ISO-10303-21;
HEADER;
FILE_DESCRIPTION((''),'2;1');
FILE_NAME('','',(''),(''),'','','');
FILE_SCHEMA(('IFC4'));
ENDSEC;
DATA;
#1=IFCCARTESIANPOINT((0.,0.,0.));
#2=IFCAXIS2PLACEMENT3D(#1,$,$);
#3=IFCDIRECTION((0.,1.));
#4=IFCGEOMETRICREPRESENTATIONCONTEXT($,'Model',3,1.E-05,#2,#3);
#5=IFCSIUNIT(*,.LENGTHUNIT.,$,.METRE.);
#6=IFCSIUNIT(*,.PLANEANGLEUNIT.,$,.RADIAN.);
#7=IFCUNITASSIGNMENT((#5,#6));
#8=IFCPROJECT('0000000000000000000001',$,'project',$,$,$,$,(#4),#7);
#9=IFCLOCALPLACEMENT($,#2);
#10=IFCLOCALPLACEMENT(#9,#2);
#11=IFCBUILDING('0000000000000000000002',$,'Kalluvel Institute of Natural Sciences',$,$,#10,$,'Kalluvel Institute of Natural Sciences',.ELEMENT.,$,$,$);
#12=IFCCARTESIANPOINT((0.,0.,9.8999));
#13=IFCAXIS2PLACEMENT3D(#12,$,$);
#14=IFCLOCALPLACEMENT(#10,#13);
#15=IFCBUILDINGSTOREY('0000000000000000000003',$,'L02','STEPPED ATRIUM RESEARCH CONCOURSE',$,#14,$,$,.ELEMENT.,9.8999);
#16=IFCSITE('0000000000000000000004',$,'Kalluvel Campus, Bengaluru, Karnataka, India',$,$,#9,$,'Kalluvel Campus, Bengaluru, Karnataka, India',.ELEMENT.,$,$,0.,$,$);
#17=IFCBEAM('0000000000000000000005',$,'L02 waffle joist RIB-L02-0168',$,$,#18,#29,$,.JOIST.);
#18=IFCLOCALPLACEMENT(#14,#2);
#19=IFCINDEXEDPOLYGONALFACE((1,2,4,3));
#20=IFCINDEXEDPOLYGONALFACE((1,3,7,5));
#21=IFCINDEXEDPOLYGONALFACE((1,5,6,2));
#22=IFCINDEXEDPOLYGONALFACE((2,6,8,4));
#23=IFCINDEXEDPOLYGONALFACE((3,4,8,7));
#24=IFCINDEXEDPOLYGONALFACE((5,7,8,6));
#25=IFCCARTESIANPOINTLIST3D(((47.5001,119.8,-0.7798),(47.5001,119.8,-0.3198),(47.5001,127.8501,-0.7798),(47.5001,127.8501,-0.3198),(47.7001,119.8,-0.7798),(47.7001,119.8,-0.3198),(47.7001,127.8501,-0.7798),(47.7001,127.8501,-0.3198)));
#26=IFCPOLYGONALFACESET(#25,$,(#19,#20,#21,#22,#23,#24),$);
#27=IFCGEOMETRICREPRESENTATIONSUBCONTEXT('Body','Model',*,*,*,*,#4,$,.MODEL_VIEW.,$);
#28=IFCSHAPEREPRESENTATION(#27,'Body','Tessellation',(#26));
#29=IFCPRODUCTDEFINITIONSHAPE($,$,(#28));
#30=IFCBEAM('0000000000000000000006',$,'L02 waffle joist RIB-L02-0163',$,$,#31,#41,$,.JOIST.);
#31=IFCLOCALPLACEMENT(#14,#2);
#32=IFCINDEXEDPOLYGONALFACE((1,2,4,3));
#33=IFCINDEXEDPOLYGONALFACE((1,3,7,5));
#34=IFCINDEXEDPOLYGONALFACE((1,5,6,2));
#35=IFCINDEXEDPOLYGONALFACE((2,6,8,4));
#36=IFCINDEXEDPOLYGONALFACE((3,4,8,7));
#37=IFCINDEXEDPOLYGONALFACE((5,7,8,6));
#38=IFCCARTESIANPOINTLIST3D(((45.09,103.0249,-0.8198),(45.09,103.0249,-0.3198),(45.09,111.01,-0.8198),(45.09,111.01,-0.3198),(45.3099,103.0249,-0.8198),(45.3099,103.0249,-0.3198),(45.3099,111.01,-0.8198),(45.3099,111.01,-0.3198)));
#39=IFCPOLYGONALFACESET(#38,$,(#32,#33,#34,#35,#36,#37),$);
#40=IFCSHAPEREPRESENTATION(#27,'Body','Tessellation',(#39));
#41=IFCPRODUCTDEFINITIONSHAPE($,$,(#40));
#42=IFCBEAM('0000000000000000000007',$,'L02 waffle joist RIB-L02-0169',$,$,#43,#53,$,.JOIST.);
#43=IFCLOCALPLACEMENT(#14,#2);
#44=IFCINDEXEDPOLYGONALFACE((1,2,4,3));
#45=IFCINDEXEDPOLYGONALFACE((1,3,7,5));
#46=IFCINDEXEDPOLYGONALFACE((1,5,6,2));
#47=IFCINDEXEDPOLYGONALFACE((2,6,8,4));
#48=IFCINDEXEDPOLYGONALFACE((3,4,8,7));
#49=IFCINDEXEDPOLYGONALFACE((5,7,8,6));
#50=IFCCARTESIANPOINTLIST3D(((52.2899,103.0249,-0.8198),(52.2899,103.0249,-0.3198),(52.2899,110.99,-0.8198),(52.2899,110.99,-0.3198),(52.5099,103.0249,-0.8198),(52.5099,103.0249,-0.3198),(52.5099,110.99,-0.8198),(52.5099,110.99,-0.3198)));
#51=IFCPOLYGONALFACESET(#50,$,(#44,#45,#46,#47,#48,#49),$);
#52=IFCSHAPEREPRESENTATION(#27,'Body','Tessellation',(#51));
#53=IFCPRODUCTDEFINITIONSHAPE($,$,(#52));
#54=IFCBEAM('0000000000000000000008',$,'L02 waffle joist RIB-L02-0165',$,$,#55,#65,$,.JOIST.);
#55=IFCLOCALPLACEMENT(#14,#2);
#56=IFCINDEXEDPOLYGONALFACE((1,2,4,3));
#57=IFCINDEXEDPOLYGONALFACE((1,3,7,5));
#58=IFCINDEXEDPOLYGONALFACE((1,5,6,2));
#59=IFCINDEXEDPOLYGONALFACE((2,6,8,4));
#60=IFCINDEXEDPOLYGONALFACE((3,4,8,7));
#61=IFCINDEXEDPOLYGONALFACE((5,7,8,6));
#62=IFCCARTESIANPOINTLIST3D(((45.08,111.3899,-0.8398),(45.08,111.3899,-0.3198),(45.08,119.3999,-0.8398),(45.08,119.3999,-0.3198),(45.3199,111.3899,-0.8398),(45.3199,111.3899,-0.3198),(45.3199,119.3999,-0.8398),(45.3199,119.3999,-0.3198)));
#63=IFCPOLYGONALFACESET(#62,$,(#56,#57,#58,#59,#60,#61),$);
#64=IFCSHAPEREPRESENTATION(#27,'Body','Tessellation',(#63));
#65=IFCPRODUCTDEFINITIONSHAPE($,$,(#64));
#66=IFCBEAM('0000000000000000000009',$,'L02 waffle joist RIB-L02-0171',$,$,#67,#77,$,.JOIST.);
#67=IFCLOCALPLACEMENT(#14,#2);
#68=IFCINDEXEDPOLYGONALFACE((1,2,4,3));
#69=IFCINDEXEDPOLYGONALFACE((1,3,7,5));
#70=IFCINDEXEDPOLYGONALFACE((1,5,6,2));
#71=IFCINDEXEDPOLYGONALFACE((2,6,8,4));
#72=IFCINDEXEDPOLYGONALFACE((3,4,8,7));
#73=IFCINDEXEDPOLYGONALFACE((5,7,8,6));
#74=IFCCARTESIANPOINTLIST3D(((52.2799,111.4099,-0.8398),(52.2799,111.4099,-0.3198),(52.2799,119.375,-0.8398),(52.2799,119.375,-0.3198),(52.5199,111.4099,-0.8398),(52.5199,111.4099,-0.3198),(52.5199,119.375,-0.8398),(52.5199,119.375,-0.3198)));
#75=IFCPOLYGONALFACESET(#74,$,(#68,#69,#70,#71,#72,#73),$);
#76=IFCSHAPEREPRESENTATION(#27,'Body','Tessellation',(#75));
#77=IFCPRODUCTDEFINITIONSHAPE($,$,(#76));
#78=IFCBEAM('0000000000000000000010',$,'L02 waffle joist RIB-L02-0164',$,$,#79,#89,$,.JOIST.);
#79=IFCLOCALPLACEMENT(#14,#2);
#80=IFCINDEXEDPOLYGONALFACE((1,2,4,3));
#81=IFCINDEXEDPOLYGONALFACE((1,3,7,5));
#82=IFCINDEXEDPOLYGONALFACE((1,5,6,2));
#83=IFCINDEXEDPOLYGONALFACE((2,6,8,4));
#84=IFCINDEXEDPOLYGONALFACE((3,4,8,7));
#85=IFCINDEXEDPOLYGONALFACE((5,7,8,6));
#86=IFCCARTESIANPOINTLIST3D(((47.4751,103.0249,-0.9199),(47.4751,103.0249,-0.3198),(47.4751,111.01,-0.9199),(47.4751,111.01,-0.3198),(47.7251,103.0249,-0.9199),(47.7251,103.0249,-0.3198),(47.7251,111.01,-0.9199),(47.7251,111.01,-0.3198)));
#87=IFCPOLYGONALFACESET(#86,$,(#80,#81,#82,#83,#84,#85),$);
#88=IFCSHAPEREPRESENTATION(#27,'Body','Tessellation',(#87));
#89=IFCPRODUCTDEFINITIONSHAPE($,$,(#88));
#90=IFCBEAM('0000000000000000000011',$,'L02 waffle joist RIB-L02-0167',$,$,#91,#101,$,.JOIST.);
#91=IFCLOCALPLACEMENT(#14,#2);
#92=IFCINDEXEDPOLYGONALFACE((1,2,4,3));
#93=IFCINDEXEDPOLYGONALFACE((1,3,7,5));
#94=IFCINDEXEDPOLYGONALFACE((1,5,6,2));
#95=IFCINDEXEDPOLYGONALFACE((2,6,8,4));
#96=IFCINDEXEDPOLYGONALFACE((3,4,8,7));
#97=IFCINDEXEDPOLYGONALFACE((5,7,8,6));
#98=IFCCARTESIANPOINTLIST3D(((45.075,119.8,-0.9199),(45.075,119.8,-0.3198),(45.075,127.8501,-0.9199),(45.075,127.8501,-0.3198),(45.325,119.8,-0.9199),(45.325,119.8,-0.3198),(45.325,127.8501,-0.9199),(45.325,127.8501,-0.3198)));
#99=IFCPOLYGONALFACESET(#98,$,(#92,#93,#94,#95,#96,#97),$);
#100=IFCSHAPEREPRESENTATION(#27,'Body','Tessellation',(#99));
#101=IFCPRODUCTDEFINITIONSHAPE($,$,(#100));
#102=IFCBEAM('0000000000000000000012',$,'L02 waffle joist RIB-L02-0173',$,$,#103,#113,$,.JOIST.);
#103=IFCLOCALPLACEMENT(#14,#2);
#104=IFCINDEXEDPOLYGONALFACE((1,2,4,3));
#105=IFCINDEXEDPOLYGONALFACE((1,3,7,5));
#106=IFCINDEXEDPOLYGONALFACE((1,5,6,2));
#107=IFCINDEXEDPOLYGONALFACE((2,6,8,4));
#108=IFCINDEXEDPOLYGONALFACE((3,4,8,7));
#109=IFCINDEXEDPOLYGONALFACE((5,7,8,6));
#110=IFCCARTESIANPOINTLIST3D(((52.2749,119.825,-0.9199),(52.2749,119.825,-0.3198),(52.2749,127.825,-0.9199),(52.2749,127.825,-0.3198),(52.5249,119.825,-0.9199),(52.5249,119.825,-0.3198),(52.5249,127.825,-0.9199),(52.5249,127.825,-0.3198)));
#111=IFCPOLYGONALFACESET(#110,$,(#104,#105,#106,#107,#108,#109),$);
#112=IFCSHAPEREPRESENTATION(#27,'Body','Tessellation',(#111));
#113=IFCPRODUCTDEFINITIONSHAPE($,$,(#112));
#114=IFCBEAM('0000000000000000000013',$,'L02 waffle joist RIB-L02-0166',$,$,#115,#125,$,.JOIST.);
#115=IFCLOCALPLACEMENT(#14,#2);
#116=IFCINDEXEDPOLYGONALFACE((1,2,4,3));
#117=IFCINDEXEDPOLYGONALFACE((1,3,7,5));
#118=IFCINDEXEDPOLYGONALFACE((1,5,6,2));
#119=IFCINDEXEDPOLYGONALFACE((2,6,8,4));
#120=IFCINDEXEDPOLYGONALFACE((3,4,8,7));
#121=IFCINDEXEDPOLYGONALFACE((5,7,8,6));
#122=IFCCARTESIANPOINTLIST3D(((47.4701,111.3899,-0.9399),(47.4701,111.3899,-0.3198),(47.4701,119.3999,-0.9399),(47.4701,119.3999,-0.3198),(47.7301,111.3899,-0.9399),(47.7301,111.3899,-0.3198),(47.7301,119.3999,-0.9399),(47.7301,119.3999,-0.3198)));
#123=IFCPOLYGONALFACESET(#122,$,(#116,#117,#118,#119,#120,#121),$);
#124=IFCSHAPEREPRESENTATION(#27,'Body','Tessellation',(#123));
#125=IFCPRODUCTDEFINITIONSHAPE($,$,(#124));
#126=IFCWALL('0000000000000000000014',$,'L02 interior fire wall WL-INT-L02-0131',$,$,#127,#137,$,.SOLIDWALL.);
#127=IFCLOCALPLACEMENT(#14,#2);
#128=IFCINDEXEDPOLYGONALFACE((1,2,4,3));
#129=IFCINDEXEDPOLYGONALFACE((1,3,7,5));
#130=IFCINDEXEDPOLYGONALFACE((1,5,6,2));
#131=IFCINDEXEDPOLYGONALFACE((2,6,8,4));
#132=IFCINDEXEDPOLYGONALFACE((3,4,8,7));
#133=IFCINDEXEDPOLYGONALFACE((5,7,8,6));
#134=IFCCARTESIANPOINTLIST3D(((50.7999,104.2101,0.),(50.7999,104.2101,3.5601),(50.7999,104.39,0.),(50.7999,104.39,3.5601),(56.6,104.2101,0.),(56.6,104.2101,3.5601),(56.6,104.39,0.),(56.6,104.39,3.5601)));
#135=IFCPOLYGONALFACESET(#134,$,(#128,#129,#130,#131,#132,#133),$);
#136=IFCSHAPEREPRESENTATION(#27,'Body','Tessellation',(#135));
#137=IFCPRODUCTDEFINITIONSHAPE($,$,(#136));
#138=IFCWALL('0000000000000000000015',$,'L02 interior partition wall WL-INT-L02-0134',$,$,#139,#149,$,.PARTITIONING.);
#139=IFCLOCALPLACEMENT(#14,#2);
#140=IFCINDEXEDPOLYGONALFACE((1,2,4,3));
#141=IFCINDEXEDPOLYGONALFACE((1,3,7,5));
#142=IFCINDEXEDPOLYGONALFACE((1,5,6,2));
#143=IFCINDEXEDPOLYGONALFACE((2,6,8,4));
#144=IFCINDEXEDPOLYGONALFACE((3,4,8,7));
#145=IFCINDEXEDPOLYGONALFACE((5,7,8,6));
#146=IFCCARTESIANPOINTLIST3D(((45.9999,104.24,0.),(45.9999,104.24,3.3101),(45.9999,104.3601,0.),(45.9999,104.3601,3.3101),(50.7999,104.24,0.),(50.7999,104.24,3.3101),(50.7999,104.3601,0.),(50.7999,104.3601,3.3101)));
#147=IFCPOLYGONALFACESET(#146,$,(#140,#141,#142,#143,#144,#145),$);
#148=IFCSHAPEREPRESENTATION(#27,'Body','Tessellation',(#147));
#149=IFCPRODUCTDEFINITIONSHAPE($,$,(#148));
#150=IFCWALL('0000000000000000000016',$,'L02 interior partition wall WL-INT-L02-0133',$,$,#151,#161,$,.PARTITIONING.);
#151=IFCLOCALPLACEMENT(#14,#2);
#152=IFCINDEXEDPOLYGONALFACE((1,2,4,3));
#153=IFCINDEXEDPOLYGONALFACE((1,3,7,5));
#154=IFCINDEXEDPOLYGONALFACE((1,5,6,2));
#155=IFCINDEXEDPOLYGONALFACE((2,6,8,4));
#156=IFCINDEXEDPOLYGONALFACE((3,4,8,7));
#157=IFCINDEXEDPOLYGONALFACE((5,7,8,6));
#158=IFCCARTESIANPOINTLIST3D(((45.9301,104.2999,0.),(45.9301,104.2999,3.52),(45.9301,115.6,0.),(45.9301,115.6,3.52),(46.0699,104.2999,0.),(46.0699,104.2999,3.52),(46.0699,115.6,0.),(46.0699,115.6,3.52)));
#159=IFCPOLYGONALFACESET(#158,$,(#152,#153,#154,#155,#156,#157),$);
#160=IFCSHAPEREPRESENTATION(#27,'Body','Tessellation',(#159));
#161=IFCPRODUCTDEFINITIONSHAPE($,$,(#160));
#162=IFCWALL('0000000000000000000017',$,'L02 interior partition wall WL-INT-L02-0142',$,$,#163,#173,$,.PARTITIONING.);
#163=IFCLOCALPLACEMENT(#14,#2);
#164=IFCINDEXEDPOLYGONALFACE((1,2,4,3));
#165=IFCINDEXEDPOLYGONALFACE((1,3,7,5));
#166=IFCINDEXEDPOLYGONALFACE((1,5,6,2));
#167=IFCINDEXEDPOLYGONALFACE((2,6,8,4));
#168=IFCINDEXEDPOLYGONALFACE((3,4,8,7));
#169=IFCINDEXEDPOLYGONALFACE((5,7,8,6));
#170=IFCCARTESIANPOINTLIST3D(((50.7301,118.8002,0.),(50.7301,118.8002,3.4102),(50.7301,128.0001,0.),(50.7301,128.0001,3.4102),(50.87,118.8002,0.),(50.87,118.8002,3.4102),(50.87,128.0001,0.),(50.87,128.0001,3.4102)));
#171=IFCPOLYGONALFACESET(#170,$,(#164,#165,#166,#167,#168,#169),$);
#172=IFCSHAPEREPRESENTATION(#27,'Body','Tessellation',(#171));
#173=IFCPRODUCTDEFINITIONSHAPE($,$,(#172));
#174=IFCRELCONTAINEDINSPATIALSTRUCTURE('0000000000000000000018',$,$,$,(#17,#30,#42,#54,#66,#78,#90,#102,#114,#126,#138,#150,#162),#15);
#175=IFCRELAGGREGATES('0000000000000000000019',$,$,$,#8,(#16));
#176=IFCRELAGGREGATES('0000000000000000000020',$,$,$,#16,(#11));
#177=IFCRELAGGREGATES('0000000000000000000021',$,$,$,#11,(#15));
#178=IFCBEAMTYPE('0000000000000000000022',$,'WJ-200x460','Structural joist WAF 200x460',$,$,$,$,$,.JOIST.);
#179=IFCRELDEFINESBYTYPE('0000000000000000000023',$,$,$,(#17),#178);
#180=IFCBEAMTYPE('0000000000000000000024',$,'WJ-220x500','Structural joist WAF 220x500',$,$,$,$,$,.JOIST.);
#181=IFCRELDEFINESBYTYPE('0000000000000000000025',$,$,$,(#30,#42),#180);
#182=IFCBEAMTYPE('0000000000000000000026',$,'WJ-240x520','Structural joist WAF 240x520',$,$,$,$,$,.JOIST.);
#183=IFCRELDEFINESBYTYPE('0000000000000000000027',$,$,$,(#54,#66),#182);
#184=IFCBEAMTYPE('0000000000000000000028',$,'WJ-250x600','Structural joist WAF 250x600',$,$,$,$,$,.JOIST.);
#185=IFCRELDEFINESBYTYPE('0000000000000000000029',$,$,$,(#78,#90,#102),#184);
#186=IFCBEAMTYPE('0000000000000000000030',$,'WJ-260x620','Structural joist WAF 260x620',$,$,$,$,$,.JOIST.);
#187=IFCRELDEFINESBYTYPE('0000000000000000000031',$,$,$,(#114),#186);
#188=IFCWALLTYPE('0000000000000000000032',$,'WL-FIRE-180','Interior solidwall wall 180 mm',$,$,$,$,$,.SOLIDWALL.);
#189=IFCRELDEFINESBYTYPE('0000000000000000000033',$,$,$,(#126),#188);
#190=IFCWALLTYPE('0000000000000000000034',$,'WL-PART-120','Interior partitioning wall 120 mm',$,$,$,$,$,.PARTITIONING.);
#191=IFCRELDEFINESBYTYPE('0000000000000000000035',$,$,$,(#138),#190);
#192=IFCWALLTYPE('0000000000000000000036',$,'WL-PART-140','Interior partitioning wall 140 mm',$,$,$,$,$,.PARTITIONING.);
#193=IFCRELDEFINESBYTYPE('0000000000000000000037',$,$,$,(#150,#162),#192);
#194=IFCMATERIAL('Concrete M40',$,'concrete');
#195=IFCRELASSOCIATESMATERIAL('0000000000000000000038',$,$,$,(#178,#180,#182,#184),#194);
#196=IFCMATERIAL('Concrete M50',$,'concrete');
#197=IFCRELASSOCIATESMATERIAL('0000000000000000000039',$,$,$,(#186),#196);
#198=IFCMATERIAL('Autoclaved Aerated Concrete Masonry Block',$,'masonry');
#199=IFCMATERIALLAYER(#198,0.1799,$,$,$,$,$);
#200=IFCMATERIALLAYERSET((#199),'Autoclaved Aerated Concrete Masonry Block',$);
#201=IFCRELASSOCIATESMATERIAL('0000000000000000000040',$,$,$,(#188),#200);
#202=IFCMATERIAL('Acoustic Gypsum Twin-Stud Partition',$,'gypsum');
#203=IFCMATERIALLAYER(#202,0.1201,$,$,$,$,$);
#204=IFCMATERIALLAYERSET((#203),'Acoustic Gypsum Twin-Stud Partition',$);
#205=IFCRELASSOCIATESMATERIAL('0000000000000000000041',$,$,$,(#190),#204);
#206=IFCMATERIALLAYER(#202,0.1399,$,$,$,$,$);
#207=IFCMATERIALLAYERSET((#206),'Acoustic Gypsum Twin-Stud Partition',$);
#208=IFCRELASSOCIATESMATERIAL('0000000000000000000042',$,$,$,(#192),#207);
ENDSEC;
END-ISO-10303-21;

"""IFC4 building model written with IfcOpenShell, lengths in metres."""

from ifc_helpers import new_model, si_unit, direction, frame, frame_2d, origin, origin_2d, place, context, subcontext, project, spatial, rectangle, extrude, material, layer, layer_set, material_profile, profile_set, type_object, element, save


model = new_model("IFC4")

# Units and contexts
model_context = context("Model", 3, precision=1e-05, world=origin(), true_north=direction((0.0, 1.0)))
body_context = subcontext(model_context, "Body", "Model", "MODEL_VIEW")
ifc_project = project(units=[si_unit("LENGTHUNIT", "METRE"), si_unit("PLANEANGLEUNIT", "RADIAN")], contexts=[model_context])

# Site, building, storey
site_placement = place(None, origin())
site = spatial("IfcSite", under=ifc_project, at=site_placement, Name="Kalluvel Campus, Bengaluru, Karnataka, India", LongName="Kalluvel Campus, Bengaluru, Karnataka, India", CompositionType="ELEMENT", RefElevation=0.0)
building_placement = place(site_placement, origin())
building = spatial("IfcBuilding", under=site, at=building_placement, Name="Kalluvel Institute of Natural Sciences", LongName="Kalluvel Institute of Natural Sciences", CompositionType="ELEMENT")
storey_placement = place(building_placement, frame((0.0, 0.0, 9.8999)))
storey = spatial("IfcBuildingStorey", under=building, at=storey_placement, Name="L02", Description="STEPPED ATRIUM RESEARCH CONCOURSE", CompositionType="ELEMENT", Elevation=9.8999)

# Shared definitions
ifc_material_1 = material(Name="Concrete M50", Category="concrete")

# Beams
ifc_material_2 = material(Name="Concrete M40", Category="concrete")
ifc_material_profile_1 = material_profile(ifc_material_2, rectangle(XDim=0.2, YDim=0.46, at=origin_2d()), Name="WAF 200x460")
ifc_profile_set_1 = profile_set([ifc_material_profile_1], Name="Concrete M40")
beam_type_1 = type_object("IfcBeamType", Name="WJ-200x460", Description="Structural joist WAF 200x460", PredefinedType="JOIST", material=ifc_profile_set_1)
beam_1_placement = place(storey_placement, frame((47.6001, 119.8, -0.5498), z_axis=(0.0, 1.0, 0.0), x_axis=(-1.0, 0.0, 0.0)))
element("IfcBeam", 1, at=beam_1_placement, inside=storey, type_object=beam_type_1, Name="L02 waffle joist RIB-L02-0168", PredefinedType="JOIST", context=body_context, shape_type="SweptSolid", body=[
    extrude(rectangle(XDim=0.2, YDim=0.46, at=origin_2d()), origin(), (0.0, 0.0, 1.0), 8.05),
])
ifc_material_profile_2 = material_profile(ifc_material_2, rectangle(XDim=0.22, YDim=0.5, at=origin_2d()), Name="WAF 220x500")
ifc_profile_set_2 = profile_set([ifc_material_profile_2], Name="Concrete M40")
beam_type_2 = type_object("IfcBeamType", Name="WJ-220x500", Description="Structural joist WAF 220x500", PredefinedType="JOIST", material=ifc_profile_set_2)
beam_2_placement = place(storey_placement, frame((45.2, 103.0249, -0.5698), z_axis=(0.0, 1.0, 0.0), x_axis=(-1.0, 0.0, 0.0)))
element("IfcBeam", 2, at=beam_2_placement, inside=storey, type_object=beam_type_2, Name="L02 waffle joist RIB-L02-0163", PredefinedType="JOIST", context=body_context, shape_type="SweptSolid", body=[
    extrude(rectangle(XDim=0.22, YDim=0.5, at=origin_2d()), origin(), (0.0, 0.0, 1.0), 7.9851),
])
beam_3_placement = place(storey_placement, frame((52.3999, 103.0249, -0.5698), z_axis=(0.0, 1.0, 0.0), x_axis=(-1.0, 0.0, 0.0)))
element("IfcBeam", 3, at=beam_3_placement, inside=storey, type_object=beam_type_2, Name="L02 waffle joist RIB-L02-0169", PredefinedType="JOIST", context=body_context, shape_type="SweptSolid", body=[
    extrude(rectangle(XDim=0.22, YDim=0.5, at=origin_2d()), origin(), (0.0, 0.0, 1.0), 7.9651),
])
ifc_material_profile_3 = material_profile(ifc_material_2, rectangle(XDim=0.24, YDim=0.52, at=origin_2d()), Name="WAF 240x520")
ifc_profile_set_3 = profile_set([ifc_material_profile_3], Name="Concrete M40")
beam_type_3 = type_object("IfcBeamType", Name="WJ-240x520", Description="Structural joist WAF 240x520", PredefinedType="JOIST", material=ifc_profile_set_3)
beam_4_placement = place(storey_placement, frame((45.2, 111.3899, -0.5798), z_axis=(0.0, 1.0, 0.0), x_axis=(-1.0, 0.0, 0.0)))
element("IfcBeam", 4, at=beam_4_placement, inside=storey, type_object=beam_type_3, Name="L02 waffle joist RIB-L02-0165", PredefinedType="JOIST", context=body_context, shape_type="SweptSolid", body=[
    extrude(rectangle(XDim=0.24, YDim=0.52, at=origin_2d()), origin(), (0.0, 0.0, 1.0), 8.01),
])
beam_5_placement = place(storey_placement, frame((52.3999, 111.4099, -0.5798), z_axis=(0.0, 1.0, 0.0), x_axis=(-1.0, 0.0, 0.0)))
element("IfcBeam", 5, at=beam_5_placement, inside=storey, type_object=beam_type_3, Name="L02 waffle joist RIB-L02-0171", PredefinedType="JOIST", context=body_context, shape_type="SweptSolid", body=[
    extrude(rectangle(XDim=0.24, YDim=0.52, at=origin_2d()), origin(), (0.0, 0.0, 1.0), 7.9651),
])
ifc_material_profile_4 = material_profile(ifc_material_2, rectangle(XDim=0.25, YDim=0.6001, at=origin_2d()), Name="WAF 250x600")
ifc_profile_set_4 = profile_set([ifc_material_profile_4], Name="Concrete M40")
beam_type_4 = type_object("IfcBeamType", Name="WJ-250x600", Description="Structural joist WAF 250x600", PredefinedType="JOIST", material=ifc_profile_set_4)
beam_6_placement = place(storey_placement, frame((47.6001, 103.0249, -0.6199), z_axis=(0.0, 1.0, 0.0), x_axis=(-1.0, 0.0, 0.0)))
element("IfcBeam", 6, at=beam_6_placement, inside=storey, type_object=beam_type_4, Name="L02 waffle joist RIB-L02-0164", PredefinedType="JOIST", context=body_context, shape_type="SweptSolid", body=[
    extrude(rectangle(XDim=0.25, YDim=0.6001, at=origin_2d()), origin(), (0.0, 0.0, 1.0), 7.9851),
])
beam_7_placement = place(storey_placement, frame((45.2, 119.8, -0.6199), z_axis=(0.0, 1.0, 0.0), x_axis=(-1.0, 0.0, 0.0)))
element("IfcBeam", 7, at=beam_7_placement, inside=storey, type_object=beam_type_4, Name="L02 waffle joist RIB-L02-0167", PredefinedType="JOIST", context=body_context, shape_type="SweptSolid", body=[
    extrude(rectangle(XDim=0.25, YDim=0.6001, at=origin_2d()), origin(), (0.0, 0.0, 1.0), 8.05),
])
beam_8_placement = place(storey_placement, frame((52.3999, 119.825, -0.6199), z_axis=(0.0, 1.0, 0.0), x_axis=(-1.0, 0.0, 0.0)))
element("IfcBeam", 8, at=beam_8_placement, inside=storey, type_object=beam_type_4, Name="L02 waffle joist RIB-L02-0173", PredefinedType="JOIST", context=body_context, shape_type="SweptSolid", body=[
    extrude(rectangle(XDim=0.25, YDim=0.6001, at=origin_2d()), origin(), (0.0, 0.0, 1.0), 8.0),
])
ifc_material_profile_5 = material_profile(ifc_material_1, rectangle(XDim=0.26, YDim=0.6201, at=origin_2d()), Name="WAF 260x620")
ifc_profile_set_5 = profile_set([ifc_material_profile_5], Name="Concrete M50")
beam_type_5 = type_object("IfcBeamType", Name="WJ-260x620", Description="Structural joist WAF 260x620", PredefinedType="JOIST", material=ifc_profile_set_5)
beam_9_placement = place(storey_placement, frame((47.6001, 111.3899, -0.6299), z_axis=(0.0, 1.0, 0.0), x_axis=(-1.0, 0.0, 0.0)))
element("IfcBeam", 9, at=beam_9_placement, inside=storey, type_object=beam_type_5, Name="L02 waffle joist RIB-L02-0166", PredefinedType="JOIST", context=body_context, shape_type="SweptSolid", body=[
    extrude(rectangle(XDim=0.26, YDim=0.6201, at=origin_2d()), origin(), (0.0, 0.0, 1.0), 8.01),
])

# Walls
ifc_material_3 = material(Name="Autoclaved Aerated Concrete Masonry Block", Category="masonry")
ifc_layer_1 = layer(ifc_material_3, 0.1799)
ifc_layer_set_1 = layer_set([ifc_layer_1], Name="Autoclaved Aerated Concrete Masonry Block")
wall_type_1 = type_object("IfcWallType", Name="WL-FIRE-180", Description="Interior solidwall wall 180 mm", PredefinedType="SOLIDWALL", material=ifc_layer_set_1)
wall_1_placement = place(storey_placement, frame((50.8, 104.3, 0.0), z_axis=(0.0, 0.0, 1.0), x_axis=(1.0, 0.0, 0.0)))
element("IfcWall", 10, at=wall_1_placement, inside=storey, type_object=wall_type_1, Name="L02 interior fire wall WL-INT-L02-0131", PredefinedType="SOLIDWALL", context=body_context, shape_type="SweptSolid", body=[
    extrude(rectangle(XDim=5.8, YDim=0.1799, at=frame_2d((2.8999, 0.0))), origin(), (0.0, 0.0, 1.0), 3.5601),
])
ifc_material_4 = material(Name="Acoustic Gypsum Twin-Stud Partition", Category="gypsum")
ifc_layer_2 = layer(ifc_material_4, 0.1201)
ifc_layer_set_2 = layer_set([ifc_layer_2], Name="Acoustic Gypsum Twin-Stud Partition")
wall_type_2 = type_object("IfcWallType", Name="WL-PART-120", Description="Interior partitioning wall 120 mm", PredefinedType="PARTITIONING", material=ifc_layer_set_2)
wall_2_placement = place(storey_placement, frame((46.0, 104.3, 0.0), z_axis=(0.0, 0.0, 1.0), x_axis=(1.0, 0.0, 0.0)))
element("IfcWall", 11, at=wall_2_placement, inside=storey, type_object=wall_type_2, Name="L02 interior partition wall WL-INT-L02-0134", PredefinedType="PARTITIONING", context=body_context, shape_type="SweptSolid", body=[
    extrude(rectangle(XDim=4.8, YDim=0.1201, at=frame_2d((2.3999, 0.0))), origin(), (0.0, 0.0, 1.0), 3.3101),
])
ifc_layer_3 = layer(ifc_material_4, 0.1399)
ifc_layer_set_3 = layer_set([ifc_layer_3], Name="Acoustic Gypsum Twin-Stud Partition")
wall_type_3 = type_object("IfcWallType", Name="WL-PART-140", Description="Interior partitioning wall 140 mm", PredefinedType="PARTITIONING", material=ifc_layer_set_3)
wall_3_placement = place(storey_placement, frame((46.0, 104.3, 0.0), z_axis=(0.0, 0.0, 1.0), x_axis=(0.0, 1.0, 0.0)))
element("IfcWall", 12, at=wall_3_placement, inside=storey, type_object=wall_type_3, Name="L02 interior partition wall WL-INT-L02-0133", PredefinedType="PARTITIONING", context=body_context, shape_type="SweptSolid", body=[
    extrude(rectangle(XDim=11.3, YDim=0.1399, at=frame_2d((5.6499, 0.0))), origin(), (0.0, 0.0, 1.0), 3.52),
])
wall_4_placement = place(storey_placement, frame((50.8, 118.8, 0.0), z_axis=(0.0, 0.0, 1.0), x_axis=(0.0, 1.0, 0.0)))
element("IfcWall", 13, at=wall_4_placement, inside=storey, type_object=wall_type_3, Name="L02 interior partition wall WL-INT-L02-0142", PredefinedType="PARTITIONING", context=body_context, shape_type="SweptSolid", body=[
    extrude(rectangle(XDim=9.2, YDim=0.1399, at=frame_2d((4.6001, 0.0))), origin(), (0.0, 0.0, 1.0), 3.4102),
])

save(model, "model.ifc")
